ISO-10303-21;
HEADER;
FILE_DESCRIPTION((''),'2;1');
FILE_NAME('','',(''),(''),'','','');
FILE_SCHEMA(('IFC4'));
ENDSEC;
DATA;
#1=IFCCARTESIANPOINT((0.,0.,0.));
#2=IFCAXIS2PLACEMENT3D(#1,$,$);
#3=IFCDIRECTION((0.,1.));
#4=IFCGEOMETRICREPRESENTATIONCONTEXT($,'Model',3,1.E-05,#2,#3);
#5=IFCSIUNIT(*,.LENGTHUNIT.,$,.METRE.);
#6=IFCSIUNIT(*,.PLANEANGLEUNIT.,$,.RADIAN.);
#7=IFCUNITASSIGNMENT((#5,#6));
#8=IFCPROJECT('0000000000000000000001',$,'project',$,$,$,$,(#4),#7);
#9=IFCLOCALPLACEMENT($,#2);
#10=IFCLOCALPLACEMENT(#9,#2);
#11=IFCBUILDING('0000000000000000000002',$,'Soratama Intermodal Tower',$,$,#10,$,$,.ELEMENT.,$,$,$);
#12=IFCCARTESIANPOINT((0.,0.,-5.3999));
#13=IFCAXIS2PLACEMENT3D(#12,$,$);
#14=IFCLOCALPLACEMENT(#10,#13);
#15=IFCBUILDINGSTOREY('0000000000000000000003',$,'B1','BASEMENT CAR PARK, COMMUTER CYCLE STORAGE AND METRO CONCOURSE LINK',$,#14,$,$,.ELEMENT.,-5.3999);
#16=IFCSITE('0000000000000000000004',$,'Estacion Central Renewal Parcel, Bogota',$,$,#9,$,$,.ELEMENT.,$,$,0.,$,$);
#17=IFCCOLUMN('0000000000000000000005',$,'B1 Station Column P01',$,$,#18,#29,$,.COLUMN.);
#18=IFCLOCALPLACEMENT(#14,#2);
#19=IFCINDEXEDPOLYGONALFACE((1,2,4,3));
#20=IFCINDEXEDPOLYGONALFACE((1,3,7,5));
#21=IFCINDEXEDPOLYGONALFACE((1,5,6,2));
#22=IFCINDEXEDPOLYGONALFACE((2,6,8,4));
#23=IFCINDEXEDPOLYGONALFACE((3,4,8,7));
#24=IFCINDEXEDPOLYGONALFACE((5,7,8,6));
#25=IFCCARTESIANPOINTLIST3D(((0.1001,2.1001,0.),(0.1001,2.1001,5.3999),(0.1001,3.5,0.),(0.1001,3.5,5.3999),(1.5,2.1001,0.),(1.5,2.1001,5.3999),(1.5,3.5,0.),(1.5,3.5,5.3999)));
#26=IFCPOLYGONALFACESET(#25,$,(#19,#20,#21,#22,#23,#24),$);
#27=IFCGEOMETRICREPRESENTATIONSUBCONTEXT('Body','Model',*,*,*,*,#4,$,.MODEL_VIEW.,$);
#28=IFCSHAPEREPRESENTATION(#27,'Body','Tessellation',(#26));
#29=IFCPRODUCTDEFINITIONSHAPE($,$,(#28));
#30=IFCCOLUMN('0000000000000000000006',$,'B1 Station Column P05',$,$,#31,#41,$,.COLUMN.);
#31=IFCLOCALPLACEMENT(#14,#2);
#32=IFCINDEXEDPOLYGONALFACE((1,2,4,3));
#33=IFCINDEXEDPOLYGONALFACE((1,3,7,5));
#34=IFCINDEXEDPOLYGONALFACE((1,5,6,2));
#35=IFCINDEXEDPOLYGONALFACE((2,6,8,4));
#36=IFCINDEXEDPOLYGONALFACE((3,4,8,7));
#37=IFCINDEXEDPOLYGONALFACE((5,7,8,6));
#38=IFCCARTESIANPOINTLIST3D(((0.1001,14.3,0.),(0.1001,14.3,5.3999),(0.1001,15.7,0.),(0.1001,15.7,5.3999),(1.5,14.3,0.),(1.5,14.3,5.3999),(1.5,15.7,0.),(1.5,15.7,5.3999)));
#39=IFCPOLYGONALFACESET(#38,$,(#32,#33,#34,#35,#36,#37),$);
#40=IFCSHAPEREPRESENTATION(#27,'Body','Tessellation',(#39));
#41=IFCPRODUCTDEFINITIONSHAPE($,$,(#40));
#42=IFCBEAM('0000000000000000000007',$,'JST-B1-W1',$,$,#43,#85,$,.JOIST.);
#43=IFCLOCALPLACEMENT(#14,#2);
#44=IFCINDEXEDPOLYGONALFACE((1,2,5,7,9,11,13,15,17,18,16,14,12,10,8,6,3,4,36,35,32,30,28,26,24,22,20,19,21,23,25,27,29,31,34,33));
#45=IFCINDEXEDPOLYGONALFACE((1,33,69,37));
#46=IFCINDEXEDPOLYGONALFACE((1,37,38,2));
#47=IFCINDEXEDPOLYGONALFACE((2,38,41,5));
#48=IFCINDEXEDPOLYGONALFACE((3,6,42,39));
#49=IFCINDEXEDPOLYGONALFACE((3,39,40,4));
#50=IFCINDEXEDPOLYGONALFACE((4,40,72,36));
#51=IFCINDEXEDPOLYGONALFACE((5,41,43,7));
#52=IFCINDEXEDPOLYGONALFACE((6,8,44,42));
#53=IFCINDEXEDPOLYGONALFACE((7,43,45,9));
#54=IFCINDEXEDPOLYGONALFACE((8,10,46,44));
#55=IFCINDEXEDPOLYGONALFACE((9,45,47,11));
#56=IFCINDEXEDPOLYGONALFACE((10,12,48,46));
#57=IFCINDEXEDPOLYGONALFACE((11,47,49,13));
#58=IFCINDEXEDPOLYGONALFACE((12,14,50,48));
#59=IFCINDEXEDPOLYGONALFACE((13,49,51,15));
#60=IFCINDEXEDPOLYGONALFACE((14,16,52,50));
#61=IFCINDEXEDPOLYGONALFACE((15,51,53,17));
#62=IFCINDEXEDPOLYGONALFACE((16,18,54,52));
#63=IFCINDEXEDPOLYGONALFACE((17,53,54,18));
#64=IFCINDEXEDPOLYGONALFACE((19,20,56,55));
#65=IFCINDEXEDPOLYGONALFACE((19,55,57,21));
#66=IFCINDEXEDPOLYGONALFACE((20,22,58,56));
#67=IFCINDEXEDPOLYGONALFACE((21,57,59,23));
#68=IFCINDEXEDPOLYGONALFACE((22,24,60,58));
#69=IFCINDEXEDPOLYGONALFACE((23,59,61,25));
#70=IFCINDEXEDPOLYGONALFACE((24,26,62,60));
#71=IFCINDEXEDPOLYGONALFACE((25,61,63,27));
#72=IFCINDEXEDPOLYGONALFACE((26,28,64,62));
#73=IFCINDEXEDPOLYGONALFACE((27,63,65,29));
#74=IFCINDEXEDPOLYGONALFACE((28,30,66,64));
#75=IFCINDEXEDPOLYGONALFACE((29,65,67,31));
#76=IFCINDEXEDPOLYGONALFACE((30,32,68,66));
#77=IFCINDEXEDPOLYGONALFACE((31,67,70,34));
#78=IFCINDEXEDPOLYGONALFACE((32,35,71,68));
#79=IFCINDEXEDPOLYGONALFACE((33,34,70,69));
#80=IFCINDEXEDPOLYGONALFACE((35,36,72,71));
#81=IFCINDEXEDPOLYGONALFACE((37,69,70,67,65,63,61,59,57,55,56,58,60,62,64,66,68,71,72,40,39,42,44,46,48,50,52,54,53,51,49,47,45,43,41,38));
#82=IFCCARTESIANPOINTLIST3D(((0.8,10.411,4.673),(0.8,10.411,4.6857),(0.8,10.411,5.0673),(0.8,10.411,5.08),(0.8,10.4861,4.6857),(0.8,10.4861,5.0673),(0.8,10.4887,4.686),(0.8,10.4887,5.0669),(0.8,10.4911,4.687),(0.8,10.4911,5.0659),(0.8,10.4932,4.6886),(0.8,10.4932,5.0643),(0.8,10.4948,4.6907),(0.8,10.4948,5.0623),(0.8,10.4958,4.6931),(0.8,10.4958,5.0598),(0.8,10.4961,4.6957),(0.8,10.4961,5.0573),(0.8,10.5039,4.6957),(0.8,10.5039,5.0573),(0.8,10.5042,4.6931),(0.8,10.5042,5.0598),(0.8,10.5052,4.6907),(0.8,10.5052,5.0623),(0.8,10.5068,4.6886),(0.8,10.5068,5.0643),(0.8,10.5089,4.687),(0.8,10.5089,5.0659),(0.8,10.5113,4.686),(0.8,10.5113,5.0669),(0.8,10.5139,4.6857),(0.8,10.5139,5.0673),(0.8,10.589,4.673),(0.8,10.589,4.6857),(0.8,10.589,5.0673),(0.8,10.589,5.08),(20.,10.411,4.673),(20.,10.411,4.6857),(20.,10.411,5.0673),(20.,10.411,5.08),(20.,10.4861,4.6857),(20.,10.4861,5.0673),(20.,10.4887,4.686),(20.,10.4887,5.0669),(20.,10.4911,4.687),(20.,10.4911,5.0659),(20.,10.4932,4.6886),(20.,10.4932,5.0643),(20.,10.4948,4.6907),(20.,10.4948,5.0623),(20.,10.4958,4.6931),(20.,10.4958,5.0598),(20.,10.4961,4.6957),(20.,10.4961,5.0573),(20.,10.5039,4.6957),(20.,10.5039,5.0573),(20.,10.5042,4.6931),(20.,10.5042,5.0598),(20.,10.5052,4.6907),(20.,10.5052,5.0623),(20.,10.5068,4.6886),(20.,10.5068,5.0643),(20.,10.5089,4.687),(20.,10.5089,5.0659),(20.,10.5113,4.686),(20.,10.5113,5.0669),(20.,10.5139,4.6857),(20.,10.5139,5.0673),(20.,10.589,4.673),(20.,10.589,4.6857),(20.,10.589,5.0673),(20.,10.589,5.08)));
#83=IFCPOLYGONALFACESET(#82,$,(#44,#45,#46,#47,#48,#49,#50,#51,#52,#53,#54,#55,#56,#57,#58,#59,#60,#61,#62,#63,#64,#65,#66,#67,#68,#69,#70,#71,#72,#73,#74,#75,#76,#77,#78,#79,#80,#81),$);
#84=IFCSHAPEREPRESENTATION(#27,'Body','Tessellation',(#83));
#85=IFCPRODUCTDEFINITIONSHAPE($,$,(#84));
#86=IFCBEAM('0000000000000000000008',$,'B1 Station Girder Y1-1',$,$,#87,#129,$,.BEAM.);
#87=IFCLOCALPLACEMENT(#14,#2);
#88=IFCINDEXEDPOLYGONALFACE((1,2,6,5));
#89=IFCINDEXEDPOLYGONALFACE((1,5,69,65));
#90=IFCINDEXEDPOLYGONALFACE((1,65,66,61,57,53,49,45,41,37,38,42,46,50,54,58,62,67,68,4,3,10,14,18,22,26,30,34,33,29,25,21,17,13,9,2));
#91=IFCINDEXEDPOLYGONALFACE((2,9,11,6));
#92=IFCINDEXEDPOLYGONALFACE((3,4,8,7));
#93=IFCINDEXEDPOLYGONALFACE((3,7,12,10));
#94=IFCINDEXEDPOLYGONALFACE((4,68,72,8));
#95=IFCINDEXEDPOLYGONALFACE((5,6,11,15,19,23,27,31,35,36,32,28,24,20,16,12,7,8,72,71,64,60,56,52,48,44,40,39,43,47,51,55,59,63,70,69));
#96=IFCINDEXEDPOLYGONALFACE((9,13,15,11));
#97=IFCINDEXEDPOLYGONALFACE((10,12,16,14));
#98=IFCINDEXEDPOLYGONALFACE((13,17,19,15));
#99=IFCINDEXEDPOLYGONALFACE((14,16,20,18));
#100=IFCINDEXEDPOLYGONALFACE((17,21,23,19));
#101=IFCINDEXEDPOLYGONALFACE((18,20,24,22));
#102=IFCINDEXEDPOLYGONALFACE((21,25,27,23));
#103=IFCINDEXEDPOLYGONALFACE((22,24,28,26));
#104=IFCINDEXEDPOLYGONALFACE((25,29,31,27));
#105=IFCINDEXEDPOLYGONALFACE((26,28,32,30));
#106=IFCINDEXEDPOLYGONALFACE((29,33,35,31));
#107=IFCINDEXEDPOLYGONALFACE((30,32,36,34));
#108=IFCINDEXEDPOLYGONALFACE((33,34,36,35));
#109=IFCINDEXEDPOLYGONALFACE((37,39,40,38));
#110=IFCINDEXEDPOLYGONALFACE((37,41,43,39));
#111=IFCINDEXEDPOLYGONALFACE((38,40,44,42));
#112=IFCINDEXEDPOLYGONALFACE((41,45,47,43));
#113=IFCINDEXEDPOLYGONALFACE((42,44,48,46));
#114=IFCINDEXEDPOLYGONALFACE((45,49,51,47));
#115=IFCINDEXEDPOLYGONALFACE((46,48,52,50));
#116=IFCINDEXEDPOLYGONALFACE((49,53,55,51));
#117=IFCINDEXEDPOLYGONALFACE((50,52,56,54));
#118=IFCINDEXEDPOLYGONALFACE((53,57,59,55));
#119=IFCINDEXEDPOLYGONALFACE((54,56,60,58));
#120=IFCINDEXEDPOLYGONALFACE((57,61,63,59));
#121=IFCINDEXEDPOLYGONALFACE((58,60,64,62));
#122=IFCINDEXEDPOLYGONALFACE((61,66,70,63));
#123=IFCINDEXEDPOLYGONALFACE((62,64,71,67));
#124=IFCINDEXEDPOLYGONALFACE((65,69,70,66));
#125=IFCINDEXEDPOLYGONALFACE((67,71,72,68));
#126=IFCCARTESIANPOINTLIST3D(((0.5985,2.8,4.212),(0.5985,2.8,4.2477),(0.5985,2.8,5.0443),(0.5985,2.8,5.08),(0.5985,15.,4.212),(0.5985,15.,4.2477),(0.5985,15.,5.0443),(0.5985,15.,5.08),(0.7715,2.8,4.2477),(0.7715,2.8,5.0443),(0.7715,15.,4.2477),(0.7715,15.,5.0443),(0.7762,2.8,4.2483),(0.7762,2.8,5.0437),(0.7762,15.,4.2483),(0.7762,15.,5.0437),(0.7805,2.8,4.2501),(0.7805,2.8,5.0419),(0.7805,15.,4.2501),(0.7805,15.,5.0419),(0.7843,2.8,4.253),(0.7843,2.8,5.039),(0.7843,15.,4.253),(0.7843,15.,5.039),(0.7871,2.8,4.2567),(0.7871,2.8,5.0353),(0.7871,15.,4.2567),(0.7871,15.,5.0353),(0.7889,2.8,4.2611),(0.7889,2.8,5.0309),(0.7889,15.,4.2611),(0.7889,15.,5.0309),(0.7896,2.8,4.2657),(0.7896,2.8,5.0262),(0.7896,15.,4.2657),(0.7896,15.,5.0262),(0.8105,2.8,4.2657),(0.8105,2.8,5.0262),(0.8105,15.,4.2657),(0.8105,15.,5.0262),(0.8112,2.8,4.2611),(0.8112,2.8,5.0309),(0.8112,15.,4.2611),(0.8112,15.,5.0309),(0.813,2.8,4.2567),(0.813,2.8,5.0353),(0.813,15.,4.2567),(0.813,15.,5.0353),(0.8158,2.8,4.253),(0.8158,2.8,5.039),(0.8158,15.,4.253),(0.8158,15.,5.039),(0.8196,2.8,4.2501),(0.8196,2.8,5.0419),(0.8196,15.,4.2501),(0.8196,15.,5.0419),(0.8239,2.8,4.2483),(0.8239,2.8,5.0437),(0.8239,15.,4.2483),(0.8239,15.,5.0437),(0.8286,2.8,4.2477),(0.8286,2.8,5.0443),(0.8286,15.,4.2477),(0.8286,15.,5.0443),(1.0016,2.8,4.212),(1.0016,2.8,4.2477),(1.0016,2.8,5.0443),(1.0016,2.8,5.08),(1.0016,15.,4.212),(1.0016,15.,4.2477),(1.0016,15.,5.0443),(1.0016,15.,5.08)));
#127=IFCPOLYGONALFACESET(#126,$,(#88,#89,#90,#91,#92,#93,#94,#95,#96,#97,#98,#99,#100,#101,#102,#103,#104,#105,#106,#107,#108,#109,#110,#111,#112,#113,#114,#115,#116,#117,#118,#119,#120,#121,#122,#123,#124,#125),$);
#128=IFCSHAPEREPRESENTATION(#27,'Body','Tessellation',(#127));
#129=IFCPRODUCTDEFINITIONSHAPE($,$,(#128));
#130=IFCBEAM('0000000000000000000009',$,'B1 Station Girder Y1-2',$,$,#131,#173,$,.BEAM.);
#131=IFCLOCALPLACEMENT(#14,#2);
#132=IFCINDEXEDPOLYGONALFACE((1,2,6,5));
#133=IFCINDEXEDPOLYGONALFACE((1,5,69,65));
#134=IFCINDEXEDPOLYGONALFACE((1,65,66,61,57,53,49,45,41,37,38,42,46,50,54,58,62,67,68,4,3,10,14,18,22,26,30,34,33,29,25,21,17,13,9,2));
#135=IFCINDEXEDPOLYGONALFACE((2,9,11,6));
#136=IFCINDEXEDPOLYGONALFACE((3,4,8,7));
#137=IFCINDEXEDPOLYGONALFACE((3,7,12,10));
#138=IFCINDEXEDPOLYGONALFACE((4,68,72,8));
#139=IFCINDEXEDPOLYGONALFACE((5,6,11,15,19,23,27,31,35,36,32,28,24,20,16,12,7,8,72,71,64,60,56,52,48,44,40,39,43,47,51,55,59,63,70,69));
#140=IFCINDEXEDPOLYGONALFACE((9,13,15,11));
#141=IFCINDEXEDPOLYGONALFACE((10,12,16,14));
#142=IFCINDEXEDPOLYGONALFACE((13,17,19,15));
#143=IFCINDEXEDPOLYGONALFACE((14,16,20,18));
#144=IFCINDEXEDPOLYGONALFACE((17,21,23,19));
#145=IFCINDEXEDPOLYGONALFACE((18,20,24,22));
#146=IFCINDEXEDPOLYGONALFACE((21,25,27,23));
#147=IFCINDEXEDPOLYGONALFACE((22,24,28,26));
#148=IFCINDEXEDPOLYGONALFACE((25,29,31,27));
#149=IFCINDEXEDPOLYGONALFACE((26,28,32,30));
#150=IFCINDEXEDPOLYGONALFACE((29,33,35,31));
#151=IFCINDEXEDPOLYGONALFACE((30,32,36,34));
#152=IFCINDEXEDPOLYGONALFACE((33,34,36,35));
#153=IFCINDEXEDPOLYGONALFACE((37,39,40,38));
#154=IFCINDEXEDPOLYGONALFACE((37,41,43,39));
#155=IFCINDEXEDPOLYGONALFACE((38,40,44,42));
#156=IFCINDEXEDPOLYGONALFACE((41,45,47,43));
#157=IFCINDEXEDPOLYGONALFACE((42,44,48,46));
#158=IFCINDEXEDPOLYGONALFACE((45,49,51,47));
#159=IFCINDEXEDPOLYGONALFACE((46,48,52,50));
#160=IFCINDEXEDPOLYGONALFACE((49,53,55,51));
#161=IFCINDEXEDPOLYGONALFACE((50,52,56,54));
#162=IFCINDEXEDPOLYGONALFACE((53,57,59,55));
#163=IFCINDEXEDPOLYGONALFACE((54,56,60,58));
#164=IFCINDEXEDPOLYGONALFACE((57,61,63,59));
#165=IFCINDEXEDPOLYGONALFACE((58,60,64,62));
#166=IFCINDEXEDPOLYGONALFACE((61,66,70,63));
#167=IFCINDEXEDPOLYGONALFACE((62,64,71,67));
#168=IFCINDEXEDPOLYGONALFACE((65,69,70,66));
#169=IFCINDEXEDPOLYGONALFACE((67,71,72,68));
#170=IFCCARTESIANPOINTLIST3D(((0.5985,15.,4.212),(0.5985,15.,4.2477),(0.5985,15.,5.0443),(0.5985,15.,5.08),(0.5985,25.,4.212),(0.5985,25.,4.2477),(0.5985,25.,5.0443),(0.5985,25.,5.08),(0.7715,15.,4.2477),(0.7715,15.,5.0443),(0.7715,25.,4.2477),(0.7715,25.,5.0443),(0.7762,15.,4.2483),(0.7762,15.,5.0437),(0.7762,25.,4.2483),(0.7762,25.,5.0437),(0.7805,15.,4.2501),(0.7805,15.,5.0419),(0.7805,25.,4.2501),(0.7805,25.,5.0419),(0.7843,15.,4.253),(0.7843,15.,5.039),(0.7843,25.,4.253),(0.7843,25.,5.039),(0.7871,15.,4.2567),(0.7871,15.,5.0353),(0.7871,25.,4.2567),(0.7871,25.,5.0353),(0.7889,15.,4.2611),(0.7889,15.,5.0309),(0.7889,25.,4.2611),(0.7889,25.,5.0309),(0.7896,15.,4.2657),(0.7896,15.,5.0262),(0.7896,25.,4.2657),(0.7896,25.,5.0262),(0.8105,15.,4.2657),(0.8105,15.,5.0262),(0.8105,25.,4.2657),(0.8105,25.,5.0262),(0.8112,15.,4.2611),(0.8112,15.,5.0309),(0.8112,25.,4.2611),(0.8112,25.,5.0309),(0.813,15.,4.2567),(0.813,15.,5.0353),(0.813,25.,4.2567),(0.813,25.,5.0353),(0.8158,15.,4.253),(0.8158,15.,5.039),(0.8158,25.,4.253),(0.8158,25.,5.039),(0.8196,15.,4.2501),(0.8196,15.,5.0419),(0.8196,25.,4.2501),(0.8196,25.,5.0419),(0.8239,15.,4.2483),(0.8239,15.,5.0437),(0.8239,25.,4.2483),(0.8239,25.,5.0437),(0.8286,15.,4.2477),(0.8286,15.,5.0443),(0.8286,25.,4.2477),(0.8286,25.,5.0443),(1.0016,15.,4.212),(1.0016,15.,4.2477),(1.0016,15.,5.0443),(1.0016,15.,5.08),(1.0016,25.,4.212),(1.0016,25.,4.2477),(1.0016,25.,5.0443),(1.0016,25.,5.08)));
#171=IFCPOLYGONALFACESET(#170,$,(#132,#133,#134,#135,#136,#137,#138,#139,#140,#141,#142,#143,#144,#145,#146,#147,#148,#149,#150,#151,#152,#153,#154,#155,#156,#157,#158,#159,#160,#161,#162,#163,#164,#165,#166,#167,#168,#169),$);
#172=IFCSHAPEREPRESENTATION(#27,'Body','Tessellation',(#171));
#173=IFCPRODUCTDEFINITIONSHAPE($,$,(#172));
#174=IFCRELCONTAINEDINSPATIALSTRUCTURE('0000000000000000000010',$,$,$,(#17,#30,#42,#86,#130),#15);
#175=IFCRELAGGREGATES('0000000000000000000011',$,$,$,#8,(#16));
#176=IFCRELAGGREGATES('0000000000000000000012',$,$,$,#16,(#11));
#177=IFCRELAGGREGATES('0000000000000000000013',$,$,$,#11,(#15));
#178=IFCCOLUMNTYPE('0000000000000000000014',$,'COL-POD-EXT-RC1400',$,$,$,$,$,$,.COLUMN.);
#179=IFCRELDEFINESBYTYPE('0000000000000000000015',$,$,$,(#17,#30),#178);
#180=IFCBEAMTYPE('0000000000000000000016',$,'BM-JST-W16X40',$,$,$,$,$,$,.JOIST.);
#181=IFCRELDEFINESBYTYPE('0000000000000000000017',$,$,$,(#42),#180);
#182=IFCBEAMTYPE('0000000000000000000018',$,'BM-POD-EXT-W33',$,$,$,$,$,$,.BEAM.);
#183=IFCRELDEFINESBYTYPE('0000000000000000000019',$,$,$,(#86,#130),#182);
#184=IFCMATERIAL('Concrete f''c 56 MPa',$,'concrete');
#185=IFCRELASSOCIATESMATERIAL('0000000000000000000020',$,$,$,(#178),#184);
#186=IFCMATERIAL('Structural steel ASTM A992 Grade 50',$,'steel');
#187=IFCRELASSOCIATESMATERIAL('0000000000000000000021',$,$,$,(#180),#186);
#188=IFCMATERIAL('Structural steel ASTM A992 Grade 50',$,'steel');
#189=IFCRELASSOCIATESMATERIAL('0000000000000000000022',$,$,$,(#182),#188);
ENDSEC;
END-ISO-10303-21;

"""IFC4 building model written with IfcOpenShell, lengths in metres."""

from ifc_helpers import new_model, si_unit, direction, frame, origin, origin_2d, place, context, subcontext, project, spatial, rectangle, i_section, extrude, material, material_profile, profile_set, type_object, element, save


model = new_model("IFC4")

# Units and contexts
model_context = context("Model", 3, precision=1e-05, world=origin(), true_north=direction((0.0, 1.0)))
body_context = subcontext(model_context, "Body", "Model", "MODEL_VIEW")
ifc_project = project(units=[si_unit("LENGTHUNIT", "METRE"), si_unit("PLANEANGLEUNIT", "RADIAN")], contexts=[model_context])

# Site, building, storey
site_placement = place(None, origin())
site = spatial("IfcSite", under=ifc_project, at=site_placement, Name="Estacion Central Renewal Parcel, Bogota", CompositionType="ELEMENT", RefElevation=0.0)
building_placement = place(site_placement, origin())
building = spatial("IfcBuilding", under=site, at=building_placement, Name="Soratama Intermodal Tower", CompositionType="ELEMENT")
storey_placement = place(building_placement, frame((0.0, 0.0, -5.3999)))
storey = spatial("IfcBuildingStorey", under=building, at=storey_placement, Name="B1", Description="BASEMENT CAR PARK, COMMUTER CYCLE STORAGE AND METRO CONCOURSE LINK", CompositionType="ELEMENT", Elevation=-5.3999)

# Columns
ifc_material_1 = material(Name="Concrete f'c 56 MPa", Category="concrete")
ifc_material_profile_1 = material_profile(ifc_material_1, rectangle(XDim=1.3999, YDim=1.3999, at=origin_2d()), Name="RC1400X1400")
ifc_profile_set_1 = profile_set([ifc_material_profile_1], Name="Concrete f'c 56 MPa")
column_type = type_object("IfcColumnType", Name="COL-POD-EXT-RC1400", PredefinedType="COLUMN", material=ifc_profile_set_1)
for number, where, z_axis, x_axis, name in (
    (1, (0.8, 2.8, 0.0), (0.0, 0.0, 1.0), (1.0, 0.0, 0.0), "B1 Station Column P01"),
    (2, (0.8, 15.0, 0.0), (0.0, 0.0, 1.0), (1.0, 0.0, 0.0), "B1 Station Column P05"),
):
    element("IfcColumn", number, at=place(storey_placement, frame(where, z_axis=z_axis, x_axis=x_axis)), inside=storey, type_object=column_type, Name=name, PredefinedType="COLUMN", context=body_context, shape_type="SweptSolid", body=[
        extrude(rectangle(XDim=1.3999, YDim=1.3999, at=origin_2d()), origin(), (0.0, 0.0, 1.0), 5.3999),
    ])

# Beams
ifc_material_2 = material(Name="Structural steel ASTM A992 Grade 50", Category="steel")
ifc_material_profile_2 = material_profile(ifc_material_2, i_section(OverallWidth=0.178, OverallDepth=0.407, WebThickness=0.0078, FlangeThickness=0.0127, FilletRadius=0.01, at=origin_2d()), Name="W16X40")
ifc_profile_set_2 = profile_set([ifc_material_profile_2], Name="Structural steel ASTM A992 Grade 50")
beam_type_1 = type_object("IfcBeamType", Name="BM-JST-W16X40", PredefinedType="JOIST", material=ifc_profile_set_2)
beam_1_placement = place(storey_placement, frame((0.8, 10.5, 4.8765), z_axis=(1.0, 0.0, 0.0), x_axis=(0.0, 1.0, 0.0)))
element("IfcBeam", 3, at=beam_1_placement, inside=storey, type_object=beam_type_1, Name="JST-B1-W1", PredefinedType="JOIST", context=body_context, shape_type="SweptSolid", body=[
    extrude(i_section(OverallWidth=0.178, OverallDepth=0.407, WebThickness=0.0078, FlangeThickness=0.0127, FilletRadius=0.01, at=origin_2d()), origin(), (0.0, 0.0, 1.0), 19.2),
])
ifc_material_3 = material(Name="Structural steel ASTM A992 Grade 50", Category="steel")
ifc_material_profile_3 = material_profile(ifc_material_3, i_section(OverallWidth=0.4031, OverallDepth=0.8679, WebThickness=0.021, FlangeThickness=0.0356, FilletRadius=0.0181, at=origin_2d()), Name="W33X241")
ifc_profile_set_3 = profile_set([ifc_material_profile_3], Name="Structural steel ASTM A992 Grade 50")
beam_type_2 = type_object("IfcBeamType", Name="BM-POD-EXT-W33", PredefinedType="BEAM", material=ifc_profile_set_3)
beam_2_placement = place(storey_placement, frame((0.8, 2.8, 4.646), z_axis=(0.0, 1.0, 0.0), x_axis=(-1.0, 0.0, 0.0)))
element("IfcBeam", 4, at=beam_2_placement, inside=storey, type_object=beam_type_2, Name="B1 Station Girder Y1-1", PredefinedType="BEAM", context=body_context, shape_type="SweptSolid", body=[
    extrude(i_section(OverallWidth=0.4031, OverallDepth=0.8679, WebThickness=0.021, FlangeThickness=0.0356, FilletRadius=0.0181, at=origin_2d()), origin(), (0.0, 0.0, 1.0), 12.2),
])
beam_3_placement = place(storey_placement, frame((0.8, 15.0, 4.646), z_axis=(0.0, 1.0, 0.0), x_axis=(-1.0, 0.0, 0.0)))
element("IfcBeam", 5, at=beam_3_placement, inside=storey, type_object=beam_type_2, Name="B1 Station Girder Y1-2", PredefinedType="BEAM", context=body_context, shape_type="SweptSolid", body=[
    extrude(i_section(OverallWidth=0.4031, OverallDepth=0.8679, WebThickness=0.021, FlangeThickness=0.0356, FilletRadius=0.0181, at=origin_2d()), origin(), (0.0, 0.0, 1.0), 10.0),
])

save(model, "model.ifc")
